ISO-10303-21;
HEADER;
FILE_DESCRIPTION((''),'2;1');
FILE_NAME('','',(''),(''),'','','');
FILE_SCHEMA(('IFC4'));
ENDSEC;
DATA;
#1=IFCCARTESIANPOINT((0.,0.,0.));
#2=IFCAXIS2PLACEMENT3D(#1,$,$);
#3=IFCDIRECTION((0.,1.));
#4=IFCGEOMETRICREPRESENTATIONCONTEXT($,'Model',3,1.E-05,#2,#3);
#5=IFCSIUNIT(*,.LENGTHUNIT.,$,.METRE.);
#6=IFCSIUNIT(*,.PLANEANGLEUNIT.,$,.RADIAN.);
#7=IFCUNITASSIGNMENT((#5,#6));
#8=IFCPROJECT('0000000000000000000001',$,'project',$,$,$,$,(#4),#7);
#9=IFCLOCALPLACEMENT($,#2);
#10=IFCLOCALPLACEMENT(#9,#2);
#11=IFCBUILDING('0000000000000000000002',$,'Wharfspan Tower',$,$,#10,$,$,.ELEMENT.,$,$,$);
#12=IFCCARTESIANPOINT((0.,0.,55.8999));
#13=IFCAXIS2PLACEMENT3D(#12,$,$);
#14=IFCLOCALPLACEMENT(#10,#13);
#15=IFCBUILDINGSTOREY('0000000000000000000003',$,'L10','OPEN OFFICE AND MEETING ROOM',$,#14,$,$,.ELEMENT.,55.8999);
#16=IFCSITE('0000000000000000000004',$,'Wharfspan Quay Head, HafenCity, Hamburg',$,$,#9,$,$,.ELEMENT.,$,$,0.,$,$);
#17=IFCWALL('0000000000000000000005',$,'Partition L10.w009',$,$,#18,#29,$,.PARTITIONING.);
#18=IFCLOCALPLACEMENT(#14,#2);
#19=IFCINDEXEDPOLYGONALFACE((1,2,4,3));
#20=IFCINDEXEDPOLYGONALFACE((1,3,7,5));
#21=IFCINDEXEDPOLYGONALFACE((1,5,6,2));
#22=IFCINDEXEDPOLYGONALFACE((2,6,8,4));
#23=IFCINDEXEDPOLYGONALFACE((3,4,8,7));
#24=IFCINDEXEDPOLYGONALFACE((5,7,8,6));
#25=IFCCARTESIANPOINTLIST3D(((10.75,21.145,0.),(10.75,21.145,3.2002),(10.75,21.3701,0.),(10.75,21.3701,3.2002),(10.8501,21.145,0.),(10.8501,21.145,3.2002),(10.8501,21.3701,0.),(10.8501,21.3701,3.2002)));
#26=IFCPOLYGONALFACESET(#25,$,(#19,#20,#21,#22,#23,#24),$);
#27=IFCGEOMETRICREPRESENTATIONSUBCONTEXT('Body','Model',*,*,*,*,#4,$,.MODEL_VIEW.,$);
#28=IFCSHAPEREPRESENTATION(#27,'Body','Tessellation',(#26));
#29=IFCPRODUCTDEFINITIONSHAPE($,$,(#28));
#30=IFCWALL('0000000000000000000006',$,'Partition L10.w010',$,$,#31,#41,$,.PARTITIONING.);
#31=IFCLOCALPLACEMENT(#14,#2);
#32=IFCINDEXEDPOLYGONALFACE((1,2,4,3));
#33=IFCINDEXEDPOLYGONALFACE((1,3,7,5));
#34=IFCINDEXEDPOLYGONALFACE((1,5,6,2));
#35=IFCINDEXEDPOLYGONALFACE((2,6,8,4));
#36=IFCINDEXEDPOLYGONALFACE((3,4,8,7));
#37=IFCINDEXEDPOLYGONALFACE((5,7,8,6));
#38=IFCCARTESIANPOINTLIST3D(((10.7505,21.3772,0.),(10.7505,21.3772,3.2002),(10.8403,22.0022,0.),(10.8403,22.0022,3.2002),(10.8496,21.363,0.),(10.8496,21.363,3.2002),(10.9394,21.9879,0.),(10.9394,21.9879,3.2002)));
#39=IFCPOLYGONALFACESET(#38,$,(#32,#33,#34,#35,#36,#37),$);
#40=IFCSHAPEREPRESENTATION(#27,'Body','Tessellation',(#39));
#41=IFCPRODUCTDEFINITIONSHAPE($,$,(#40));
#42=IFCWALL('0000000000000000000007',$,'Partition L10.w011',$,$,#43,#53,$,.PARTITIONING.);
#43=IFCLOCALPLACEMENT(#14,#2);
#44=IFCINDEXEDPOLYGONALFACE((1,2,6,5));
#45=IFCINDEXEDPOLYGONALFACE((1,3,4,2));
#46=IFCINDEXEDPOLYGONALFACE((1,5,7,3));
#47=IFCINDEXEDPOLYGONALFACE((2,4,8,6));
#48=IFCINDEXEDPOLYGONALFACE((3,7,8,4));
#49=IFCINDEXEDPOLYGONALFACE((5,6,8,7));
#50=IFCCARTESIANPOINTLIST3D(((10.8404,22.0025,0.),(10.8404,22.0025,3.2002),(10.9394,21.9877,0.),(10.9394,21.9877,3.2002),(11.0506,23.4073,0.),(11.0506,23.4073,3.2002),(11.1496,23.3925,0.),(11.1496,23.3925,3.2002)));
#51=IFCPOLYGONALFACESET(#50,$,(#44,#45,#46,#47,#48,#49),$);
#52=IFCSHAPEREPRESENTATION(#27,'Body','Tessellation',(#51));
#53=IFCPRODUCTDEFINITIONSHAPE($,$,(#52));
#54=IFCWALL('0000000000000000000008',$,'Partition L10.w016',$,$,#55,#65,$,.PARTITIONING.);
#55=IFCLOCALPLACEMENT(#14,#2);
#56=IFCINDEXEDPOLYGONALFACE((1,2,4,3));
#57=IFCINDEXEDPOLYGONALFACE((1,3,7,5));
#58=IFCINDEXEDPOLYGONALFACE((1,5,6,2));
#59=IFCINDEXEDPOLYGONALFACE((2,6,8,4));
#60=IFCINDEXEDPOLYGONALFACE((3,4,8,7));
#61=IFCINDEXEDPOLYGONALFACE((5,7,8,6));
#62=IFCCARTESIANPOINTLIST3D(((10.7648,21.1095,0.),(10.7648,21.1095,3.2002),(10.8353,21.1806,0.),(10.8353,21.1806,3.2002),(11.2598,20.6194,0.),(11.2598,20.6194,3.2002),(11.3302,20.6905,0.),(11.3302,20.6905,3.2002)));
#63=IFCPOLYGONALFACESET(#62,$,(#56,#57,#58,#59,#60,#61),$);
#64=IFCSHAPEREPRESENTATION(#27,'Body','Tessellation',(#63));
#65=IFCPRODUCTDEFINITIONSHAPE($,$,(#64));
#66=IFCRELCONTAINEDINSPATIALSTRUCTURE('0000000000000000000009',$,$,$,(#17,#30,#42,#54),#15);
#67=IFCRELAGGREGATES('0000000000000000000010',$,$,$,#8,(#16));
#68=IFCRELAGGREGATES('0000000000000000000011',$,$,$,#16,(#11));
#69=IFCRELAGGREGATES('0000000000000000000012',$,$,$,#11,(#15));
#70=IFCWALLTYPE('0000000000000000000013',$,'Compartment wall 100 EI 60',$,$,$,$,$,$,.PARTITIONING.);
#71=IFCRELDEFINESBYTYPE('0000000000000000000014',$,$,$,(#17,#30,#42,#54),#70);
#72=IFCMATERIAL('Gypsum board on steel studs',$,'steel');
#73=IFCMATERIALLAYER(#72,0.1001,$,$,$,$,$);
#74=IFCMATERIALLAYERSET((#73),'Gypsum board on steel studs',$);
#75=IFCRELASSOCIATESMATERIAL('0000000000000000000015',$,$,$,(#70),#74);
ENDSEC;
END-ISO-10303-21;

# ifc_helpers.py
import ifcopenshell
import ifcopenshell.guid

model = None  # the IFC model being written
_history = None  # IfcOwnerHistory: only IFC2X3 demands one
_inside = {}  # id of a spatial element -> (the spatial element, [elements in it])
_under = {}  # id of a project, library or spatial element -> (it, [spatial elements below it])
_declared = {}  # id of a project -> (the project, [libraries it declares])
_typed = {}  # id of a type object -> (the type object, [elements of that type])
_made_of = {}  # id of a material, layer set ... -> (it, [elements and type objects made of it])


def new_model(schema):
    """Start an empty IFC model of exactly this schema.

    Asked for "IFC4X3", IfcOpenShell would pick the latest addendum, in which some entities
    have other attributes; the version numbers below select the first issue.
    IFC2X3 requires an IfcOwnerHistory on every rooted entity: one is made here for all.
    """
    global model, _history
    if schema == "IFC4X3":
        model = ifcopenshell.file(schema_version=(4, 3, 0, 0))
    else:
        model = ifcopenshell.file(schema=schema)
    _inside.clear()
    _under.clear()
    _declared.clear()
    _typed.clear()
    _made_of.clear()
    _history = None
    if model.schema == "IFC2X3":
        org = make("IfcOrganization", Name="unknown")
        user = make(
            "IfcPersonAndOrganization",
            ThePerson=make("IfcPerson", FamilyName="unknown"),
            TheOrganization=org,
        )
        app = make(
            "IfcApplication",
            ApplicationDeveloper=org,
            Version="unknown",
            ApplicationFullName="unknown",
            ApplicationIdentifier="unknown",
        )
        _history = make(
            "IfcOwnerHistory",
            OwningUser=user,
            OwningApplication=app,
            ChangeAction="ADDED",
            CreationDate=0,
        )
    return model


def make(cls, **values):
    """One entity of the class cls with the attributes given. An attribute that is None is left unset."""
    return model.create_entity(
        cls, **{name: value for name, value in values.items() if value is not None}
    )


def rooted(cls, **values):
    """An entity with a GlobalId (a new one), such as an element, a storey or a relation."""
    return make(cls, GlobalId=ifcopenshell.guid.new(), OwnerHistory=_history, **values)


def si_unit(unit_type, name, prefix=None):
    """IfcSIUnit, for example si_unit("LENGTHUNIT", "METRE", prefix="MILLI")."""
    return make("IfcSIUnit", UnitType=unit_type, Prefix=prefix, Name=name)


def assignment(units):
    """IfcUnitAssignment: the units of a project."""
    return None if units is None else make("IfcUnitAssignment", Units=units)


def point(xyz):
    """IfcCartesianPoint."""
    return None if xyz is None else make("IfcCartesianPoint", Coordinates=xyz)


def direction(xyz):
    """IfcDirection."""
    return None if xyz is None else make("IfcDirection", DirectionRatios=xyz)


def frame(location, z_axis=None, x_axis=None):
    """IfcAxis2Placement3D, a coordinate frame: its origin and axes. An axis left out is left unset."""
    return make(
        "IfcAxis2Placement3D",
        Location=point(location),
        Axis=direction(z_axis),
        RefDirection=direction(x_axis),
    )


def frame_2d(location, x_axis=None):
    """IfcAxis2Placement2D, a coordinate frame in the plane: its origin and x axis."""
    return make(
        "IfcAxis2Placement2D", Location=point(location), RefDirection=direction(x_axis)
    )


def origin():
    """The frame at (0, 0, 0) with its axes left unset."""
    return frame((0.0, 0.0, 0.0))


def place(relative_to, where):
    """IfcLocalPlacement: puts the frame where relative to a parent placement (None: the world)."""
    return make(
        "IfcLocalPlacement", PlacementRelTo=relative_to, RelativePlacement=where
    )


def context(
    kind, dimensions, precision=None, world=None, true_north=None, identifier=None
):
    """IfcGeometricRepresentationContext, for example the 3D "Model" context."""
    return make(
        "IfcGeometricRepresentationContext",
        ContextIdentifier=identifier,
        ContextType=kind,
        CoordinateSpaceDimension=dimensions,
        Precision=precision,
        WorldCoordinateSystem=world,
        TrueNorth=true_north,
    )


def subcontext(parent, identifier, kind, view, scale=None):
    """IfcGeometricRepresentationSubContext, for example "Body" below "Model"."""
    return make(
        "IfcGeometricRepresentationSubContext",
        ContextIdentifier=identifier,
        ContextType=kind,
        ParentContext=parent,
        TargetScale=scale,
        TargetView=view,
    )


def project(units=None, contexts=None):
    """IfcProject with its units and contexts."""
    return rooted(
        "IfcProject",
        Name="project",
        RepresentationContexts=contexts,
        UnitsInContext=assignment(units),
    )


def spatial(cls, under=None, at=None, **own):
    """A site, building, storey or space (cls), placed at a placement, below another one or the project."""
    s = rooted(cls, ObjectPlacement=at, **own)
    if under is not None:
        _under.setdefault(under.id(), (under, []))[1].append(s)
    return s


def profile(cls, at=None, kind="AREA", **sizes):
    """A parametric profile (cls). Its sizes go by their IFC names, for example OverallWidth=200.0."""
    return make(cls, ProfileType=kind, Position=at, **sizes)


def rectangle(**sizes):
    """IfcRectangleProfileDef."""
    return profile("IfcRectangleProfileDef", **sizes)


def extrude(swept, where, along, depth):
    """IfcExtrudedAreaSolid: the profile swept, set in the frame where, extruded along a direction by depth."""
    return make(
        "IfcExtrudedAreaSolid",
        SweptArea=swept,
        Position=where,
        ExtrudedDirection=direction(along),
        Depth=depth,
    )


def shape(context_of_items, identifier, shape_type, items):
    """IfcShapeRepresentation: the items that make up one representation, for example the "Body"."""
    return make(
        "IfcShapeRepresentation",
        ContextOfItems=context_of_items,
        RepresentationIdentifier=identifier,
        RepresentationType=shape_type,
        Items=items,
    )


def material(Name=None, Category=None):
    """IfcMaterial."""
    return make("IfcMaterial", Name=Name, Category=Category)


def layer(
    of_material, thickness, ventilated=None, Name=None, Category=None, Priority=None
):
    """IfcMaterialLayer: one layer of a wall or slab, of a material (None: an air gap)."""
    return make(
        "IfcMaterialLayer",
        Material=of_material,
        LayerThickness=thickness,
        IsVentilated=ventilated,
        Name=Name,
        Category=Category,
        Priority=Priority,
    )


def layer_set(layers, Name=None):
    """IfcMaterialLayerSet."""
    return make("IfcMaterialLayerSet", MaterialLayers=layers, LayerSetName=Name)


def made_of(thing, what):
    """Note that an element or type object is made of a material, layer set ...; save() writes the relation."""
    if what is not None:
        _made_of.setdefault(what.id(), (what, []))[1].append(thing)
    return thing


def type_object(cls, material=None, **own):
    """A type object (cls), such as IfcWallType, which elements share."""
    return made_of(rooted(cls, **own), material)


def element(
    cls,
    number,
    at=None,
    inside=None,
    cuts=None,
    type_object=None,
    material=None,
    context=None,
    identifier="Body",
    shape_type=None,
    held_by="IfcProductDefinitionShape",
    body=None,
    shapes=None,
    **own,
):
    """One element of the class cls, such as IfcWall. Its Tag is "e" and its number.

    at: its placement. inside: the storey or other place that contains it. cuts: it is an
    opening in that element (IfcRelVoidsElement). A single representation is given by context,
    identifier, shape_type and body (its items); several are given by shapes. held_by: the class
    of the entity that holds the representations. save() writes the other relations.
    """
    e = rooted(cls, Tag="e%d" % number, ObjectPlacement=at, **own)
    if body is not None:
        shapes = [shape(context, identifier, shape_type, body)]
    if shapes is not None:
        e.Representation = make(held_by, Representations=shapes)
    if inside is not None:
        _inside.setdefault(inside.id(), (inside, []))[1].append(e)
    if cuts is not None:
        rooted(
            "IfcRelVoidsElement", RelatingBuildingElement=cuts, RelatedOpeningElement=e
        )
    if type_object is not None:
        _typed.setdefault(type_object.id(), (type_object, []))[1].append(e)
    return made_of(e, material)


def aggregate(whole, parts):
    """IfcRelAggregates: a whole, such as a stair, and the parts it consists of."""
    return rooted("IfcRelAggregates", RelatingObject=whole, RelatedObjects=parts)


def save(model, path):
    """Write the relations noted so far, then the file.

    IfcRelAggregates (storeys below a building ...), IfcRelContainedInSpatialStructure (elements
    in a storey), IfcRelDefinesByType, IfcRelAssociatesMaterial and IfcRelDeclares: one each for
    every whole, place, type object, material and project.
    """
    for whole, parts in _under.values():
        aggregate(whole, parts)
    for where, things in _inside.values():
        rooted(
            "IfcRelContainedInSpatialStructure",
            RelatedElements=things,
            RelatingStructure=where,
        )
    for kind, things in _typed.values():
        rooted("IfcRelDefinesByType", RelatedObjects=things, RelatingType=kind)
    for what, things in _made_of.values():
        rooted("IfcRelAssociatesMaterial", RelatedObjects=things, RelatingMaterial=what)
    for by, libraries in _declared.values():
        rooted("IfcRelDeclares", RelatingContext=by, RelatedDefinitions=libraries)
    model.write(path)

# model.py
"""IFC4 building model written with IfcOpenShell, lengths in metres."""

from ifc_helpers import new_model, si_unit, direction, frame, frame_2d, origin, place, context, subcontext, project, spatial, rectangle, extrude, material, layer, layer_set, type_object, element, save


model = new_model("IFC4")

# Units and contexts
model_context = context("Model", 3, precision=1e-05, world=origin(), true_north=direction((0.0, 1.0)))
body_context = subcontext(model_context, "Body", "Model", "MODEL_VIEW")
ifc_project = project(units=[si_unit("LENGTHUNIT", "METRE"), si_unit("PLANEANGLEUNIT", "RADIAN")], contexts=[model_context])

# Site, building, storey
site_placement = place(None, origin())
site = spatial("IfcSite", under=ifc_project, at=site_placement, Name="Wharfspan Quay Head, HafenCity, Hamburg", CompositionType="ELEMENT", RefElevation=0.0)
building_placement = place(site_placement, origin())
building = spatial("IfcBuilding", under=site, at=building_placement, Name="Wharfspan Tower", CompositionType="ELEMENT")
storey_placement = place(building_placement, frame((0.0, 0.0, 55.8999)))
storey = spatial("IfcBuildingStorey", under=building, at=storey_placement, Name="L10", Description="OPEN OFFICE AND MEETING ROOM", CompositionType="ELEMENT", Elevation=55.8999)

# Walls
ifc_material_1 = material(Name="Gypsum board on steel studs", Category="steel")
ifc_layer_1 = layer(ifc_material_1, 0.1001)
ifc_layer_set_1 = layer_set([ifc_layer_1], Name="Gypsum board on steel studs")
wall_type_1 = type_object("IfcWallType", Name="Compartment wall 100 EI 60", PredefinedType="PARTITIONING", material=ifc_layer_set_1)
wall_1_placement = place(storey_placement, frame((10.8, 21.145, 0.0), z_axis=(0.0, 0.0, 1.0), x_axis=(0.0, 1.0, 0.0)))
element("IfcWall", 1, at=wall_1_placement, inside=storey, type_object=wall_type_1, Name="Partition L10.w009", PredefinedType="PARTITIONING", context=body_context, shape_type="SweptSolid", body=[
    extrude(rectangle(XDim=0.2251, YDim=0.1001, at=frame_2d((0.1125, 0.0))), origin(), (0.0, 0.0, 1.0), 3.2002),
])
wall_2_placement = place(storey_placement, frame((10.8, 21.3701, 0.0), z_axis=(0.0, 0.0, 1.0), x_axis=(0.142287, 0.989823, 0.0)))
element("IfcWall", 2, at=wall_2_placement, inside=storey, type_object=wall_type_1, Name="Partition L10.w010", PredefinedType="PARTITIONING", context=body_context, shape_type="SweptSolid", body=[
    extrude(rectangle(XDim=0.6313, YDim=0.1001, at=frame_2d((0.3157, 0.0))), origin(), (0.0, 0.0, 1.0), 3.2002),
])
wall_3_placement = place(storey_placement, frame((10.8899, 21.9951, 0.0), z_axis=(0.0, 0.0, 1.0), x_axis=(0.147988, 0.988993, 0.0)))
element("IfcWall", 3, at=wall_3_placement, inside=storey, type_object=wall_type_1, Name="Partition L10.w011", PredefinedType="PARTITIONING", context=body_context, shape_type="SweptSolid", body=[
    extrude(rectangle(XDim=1.4204, YDim=0.1001, at=frame_2d((0.7102, 0.0))), origin(), (0.0, 0.0, 1.0), 3.2002),
])
wall_4_placement = place(storey_placement, frame((11.2949, 20.655, 0.0), z_axis=(0.0, 0.0, 1.0), x_axis=(-0.7106, 0.703589, 0.0)))
element("IfcWall", 4, at=wall_4_placement, inside=storey, type_object=wall_type_1, Name="Partition L10.w016", PredefinedType="PARTITIONING", context=body_context, shape_type="SweptSolid", body=[
    extrude(rectangle(XDim=0.6965, YDim=0.1001, at=frame_2d((0.3481, 0.0))), origin(), (0.0, 0.0, 1.0), 3.2002),
])

save(model, "model.ifc")
